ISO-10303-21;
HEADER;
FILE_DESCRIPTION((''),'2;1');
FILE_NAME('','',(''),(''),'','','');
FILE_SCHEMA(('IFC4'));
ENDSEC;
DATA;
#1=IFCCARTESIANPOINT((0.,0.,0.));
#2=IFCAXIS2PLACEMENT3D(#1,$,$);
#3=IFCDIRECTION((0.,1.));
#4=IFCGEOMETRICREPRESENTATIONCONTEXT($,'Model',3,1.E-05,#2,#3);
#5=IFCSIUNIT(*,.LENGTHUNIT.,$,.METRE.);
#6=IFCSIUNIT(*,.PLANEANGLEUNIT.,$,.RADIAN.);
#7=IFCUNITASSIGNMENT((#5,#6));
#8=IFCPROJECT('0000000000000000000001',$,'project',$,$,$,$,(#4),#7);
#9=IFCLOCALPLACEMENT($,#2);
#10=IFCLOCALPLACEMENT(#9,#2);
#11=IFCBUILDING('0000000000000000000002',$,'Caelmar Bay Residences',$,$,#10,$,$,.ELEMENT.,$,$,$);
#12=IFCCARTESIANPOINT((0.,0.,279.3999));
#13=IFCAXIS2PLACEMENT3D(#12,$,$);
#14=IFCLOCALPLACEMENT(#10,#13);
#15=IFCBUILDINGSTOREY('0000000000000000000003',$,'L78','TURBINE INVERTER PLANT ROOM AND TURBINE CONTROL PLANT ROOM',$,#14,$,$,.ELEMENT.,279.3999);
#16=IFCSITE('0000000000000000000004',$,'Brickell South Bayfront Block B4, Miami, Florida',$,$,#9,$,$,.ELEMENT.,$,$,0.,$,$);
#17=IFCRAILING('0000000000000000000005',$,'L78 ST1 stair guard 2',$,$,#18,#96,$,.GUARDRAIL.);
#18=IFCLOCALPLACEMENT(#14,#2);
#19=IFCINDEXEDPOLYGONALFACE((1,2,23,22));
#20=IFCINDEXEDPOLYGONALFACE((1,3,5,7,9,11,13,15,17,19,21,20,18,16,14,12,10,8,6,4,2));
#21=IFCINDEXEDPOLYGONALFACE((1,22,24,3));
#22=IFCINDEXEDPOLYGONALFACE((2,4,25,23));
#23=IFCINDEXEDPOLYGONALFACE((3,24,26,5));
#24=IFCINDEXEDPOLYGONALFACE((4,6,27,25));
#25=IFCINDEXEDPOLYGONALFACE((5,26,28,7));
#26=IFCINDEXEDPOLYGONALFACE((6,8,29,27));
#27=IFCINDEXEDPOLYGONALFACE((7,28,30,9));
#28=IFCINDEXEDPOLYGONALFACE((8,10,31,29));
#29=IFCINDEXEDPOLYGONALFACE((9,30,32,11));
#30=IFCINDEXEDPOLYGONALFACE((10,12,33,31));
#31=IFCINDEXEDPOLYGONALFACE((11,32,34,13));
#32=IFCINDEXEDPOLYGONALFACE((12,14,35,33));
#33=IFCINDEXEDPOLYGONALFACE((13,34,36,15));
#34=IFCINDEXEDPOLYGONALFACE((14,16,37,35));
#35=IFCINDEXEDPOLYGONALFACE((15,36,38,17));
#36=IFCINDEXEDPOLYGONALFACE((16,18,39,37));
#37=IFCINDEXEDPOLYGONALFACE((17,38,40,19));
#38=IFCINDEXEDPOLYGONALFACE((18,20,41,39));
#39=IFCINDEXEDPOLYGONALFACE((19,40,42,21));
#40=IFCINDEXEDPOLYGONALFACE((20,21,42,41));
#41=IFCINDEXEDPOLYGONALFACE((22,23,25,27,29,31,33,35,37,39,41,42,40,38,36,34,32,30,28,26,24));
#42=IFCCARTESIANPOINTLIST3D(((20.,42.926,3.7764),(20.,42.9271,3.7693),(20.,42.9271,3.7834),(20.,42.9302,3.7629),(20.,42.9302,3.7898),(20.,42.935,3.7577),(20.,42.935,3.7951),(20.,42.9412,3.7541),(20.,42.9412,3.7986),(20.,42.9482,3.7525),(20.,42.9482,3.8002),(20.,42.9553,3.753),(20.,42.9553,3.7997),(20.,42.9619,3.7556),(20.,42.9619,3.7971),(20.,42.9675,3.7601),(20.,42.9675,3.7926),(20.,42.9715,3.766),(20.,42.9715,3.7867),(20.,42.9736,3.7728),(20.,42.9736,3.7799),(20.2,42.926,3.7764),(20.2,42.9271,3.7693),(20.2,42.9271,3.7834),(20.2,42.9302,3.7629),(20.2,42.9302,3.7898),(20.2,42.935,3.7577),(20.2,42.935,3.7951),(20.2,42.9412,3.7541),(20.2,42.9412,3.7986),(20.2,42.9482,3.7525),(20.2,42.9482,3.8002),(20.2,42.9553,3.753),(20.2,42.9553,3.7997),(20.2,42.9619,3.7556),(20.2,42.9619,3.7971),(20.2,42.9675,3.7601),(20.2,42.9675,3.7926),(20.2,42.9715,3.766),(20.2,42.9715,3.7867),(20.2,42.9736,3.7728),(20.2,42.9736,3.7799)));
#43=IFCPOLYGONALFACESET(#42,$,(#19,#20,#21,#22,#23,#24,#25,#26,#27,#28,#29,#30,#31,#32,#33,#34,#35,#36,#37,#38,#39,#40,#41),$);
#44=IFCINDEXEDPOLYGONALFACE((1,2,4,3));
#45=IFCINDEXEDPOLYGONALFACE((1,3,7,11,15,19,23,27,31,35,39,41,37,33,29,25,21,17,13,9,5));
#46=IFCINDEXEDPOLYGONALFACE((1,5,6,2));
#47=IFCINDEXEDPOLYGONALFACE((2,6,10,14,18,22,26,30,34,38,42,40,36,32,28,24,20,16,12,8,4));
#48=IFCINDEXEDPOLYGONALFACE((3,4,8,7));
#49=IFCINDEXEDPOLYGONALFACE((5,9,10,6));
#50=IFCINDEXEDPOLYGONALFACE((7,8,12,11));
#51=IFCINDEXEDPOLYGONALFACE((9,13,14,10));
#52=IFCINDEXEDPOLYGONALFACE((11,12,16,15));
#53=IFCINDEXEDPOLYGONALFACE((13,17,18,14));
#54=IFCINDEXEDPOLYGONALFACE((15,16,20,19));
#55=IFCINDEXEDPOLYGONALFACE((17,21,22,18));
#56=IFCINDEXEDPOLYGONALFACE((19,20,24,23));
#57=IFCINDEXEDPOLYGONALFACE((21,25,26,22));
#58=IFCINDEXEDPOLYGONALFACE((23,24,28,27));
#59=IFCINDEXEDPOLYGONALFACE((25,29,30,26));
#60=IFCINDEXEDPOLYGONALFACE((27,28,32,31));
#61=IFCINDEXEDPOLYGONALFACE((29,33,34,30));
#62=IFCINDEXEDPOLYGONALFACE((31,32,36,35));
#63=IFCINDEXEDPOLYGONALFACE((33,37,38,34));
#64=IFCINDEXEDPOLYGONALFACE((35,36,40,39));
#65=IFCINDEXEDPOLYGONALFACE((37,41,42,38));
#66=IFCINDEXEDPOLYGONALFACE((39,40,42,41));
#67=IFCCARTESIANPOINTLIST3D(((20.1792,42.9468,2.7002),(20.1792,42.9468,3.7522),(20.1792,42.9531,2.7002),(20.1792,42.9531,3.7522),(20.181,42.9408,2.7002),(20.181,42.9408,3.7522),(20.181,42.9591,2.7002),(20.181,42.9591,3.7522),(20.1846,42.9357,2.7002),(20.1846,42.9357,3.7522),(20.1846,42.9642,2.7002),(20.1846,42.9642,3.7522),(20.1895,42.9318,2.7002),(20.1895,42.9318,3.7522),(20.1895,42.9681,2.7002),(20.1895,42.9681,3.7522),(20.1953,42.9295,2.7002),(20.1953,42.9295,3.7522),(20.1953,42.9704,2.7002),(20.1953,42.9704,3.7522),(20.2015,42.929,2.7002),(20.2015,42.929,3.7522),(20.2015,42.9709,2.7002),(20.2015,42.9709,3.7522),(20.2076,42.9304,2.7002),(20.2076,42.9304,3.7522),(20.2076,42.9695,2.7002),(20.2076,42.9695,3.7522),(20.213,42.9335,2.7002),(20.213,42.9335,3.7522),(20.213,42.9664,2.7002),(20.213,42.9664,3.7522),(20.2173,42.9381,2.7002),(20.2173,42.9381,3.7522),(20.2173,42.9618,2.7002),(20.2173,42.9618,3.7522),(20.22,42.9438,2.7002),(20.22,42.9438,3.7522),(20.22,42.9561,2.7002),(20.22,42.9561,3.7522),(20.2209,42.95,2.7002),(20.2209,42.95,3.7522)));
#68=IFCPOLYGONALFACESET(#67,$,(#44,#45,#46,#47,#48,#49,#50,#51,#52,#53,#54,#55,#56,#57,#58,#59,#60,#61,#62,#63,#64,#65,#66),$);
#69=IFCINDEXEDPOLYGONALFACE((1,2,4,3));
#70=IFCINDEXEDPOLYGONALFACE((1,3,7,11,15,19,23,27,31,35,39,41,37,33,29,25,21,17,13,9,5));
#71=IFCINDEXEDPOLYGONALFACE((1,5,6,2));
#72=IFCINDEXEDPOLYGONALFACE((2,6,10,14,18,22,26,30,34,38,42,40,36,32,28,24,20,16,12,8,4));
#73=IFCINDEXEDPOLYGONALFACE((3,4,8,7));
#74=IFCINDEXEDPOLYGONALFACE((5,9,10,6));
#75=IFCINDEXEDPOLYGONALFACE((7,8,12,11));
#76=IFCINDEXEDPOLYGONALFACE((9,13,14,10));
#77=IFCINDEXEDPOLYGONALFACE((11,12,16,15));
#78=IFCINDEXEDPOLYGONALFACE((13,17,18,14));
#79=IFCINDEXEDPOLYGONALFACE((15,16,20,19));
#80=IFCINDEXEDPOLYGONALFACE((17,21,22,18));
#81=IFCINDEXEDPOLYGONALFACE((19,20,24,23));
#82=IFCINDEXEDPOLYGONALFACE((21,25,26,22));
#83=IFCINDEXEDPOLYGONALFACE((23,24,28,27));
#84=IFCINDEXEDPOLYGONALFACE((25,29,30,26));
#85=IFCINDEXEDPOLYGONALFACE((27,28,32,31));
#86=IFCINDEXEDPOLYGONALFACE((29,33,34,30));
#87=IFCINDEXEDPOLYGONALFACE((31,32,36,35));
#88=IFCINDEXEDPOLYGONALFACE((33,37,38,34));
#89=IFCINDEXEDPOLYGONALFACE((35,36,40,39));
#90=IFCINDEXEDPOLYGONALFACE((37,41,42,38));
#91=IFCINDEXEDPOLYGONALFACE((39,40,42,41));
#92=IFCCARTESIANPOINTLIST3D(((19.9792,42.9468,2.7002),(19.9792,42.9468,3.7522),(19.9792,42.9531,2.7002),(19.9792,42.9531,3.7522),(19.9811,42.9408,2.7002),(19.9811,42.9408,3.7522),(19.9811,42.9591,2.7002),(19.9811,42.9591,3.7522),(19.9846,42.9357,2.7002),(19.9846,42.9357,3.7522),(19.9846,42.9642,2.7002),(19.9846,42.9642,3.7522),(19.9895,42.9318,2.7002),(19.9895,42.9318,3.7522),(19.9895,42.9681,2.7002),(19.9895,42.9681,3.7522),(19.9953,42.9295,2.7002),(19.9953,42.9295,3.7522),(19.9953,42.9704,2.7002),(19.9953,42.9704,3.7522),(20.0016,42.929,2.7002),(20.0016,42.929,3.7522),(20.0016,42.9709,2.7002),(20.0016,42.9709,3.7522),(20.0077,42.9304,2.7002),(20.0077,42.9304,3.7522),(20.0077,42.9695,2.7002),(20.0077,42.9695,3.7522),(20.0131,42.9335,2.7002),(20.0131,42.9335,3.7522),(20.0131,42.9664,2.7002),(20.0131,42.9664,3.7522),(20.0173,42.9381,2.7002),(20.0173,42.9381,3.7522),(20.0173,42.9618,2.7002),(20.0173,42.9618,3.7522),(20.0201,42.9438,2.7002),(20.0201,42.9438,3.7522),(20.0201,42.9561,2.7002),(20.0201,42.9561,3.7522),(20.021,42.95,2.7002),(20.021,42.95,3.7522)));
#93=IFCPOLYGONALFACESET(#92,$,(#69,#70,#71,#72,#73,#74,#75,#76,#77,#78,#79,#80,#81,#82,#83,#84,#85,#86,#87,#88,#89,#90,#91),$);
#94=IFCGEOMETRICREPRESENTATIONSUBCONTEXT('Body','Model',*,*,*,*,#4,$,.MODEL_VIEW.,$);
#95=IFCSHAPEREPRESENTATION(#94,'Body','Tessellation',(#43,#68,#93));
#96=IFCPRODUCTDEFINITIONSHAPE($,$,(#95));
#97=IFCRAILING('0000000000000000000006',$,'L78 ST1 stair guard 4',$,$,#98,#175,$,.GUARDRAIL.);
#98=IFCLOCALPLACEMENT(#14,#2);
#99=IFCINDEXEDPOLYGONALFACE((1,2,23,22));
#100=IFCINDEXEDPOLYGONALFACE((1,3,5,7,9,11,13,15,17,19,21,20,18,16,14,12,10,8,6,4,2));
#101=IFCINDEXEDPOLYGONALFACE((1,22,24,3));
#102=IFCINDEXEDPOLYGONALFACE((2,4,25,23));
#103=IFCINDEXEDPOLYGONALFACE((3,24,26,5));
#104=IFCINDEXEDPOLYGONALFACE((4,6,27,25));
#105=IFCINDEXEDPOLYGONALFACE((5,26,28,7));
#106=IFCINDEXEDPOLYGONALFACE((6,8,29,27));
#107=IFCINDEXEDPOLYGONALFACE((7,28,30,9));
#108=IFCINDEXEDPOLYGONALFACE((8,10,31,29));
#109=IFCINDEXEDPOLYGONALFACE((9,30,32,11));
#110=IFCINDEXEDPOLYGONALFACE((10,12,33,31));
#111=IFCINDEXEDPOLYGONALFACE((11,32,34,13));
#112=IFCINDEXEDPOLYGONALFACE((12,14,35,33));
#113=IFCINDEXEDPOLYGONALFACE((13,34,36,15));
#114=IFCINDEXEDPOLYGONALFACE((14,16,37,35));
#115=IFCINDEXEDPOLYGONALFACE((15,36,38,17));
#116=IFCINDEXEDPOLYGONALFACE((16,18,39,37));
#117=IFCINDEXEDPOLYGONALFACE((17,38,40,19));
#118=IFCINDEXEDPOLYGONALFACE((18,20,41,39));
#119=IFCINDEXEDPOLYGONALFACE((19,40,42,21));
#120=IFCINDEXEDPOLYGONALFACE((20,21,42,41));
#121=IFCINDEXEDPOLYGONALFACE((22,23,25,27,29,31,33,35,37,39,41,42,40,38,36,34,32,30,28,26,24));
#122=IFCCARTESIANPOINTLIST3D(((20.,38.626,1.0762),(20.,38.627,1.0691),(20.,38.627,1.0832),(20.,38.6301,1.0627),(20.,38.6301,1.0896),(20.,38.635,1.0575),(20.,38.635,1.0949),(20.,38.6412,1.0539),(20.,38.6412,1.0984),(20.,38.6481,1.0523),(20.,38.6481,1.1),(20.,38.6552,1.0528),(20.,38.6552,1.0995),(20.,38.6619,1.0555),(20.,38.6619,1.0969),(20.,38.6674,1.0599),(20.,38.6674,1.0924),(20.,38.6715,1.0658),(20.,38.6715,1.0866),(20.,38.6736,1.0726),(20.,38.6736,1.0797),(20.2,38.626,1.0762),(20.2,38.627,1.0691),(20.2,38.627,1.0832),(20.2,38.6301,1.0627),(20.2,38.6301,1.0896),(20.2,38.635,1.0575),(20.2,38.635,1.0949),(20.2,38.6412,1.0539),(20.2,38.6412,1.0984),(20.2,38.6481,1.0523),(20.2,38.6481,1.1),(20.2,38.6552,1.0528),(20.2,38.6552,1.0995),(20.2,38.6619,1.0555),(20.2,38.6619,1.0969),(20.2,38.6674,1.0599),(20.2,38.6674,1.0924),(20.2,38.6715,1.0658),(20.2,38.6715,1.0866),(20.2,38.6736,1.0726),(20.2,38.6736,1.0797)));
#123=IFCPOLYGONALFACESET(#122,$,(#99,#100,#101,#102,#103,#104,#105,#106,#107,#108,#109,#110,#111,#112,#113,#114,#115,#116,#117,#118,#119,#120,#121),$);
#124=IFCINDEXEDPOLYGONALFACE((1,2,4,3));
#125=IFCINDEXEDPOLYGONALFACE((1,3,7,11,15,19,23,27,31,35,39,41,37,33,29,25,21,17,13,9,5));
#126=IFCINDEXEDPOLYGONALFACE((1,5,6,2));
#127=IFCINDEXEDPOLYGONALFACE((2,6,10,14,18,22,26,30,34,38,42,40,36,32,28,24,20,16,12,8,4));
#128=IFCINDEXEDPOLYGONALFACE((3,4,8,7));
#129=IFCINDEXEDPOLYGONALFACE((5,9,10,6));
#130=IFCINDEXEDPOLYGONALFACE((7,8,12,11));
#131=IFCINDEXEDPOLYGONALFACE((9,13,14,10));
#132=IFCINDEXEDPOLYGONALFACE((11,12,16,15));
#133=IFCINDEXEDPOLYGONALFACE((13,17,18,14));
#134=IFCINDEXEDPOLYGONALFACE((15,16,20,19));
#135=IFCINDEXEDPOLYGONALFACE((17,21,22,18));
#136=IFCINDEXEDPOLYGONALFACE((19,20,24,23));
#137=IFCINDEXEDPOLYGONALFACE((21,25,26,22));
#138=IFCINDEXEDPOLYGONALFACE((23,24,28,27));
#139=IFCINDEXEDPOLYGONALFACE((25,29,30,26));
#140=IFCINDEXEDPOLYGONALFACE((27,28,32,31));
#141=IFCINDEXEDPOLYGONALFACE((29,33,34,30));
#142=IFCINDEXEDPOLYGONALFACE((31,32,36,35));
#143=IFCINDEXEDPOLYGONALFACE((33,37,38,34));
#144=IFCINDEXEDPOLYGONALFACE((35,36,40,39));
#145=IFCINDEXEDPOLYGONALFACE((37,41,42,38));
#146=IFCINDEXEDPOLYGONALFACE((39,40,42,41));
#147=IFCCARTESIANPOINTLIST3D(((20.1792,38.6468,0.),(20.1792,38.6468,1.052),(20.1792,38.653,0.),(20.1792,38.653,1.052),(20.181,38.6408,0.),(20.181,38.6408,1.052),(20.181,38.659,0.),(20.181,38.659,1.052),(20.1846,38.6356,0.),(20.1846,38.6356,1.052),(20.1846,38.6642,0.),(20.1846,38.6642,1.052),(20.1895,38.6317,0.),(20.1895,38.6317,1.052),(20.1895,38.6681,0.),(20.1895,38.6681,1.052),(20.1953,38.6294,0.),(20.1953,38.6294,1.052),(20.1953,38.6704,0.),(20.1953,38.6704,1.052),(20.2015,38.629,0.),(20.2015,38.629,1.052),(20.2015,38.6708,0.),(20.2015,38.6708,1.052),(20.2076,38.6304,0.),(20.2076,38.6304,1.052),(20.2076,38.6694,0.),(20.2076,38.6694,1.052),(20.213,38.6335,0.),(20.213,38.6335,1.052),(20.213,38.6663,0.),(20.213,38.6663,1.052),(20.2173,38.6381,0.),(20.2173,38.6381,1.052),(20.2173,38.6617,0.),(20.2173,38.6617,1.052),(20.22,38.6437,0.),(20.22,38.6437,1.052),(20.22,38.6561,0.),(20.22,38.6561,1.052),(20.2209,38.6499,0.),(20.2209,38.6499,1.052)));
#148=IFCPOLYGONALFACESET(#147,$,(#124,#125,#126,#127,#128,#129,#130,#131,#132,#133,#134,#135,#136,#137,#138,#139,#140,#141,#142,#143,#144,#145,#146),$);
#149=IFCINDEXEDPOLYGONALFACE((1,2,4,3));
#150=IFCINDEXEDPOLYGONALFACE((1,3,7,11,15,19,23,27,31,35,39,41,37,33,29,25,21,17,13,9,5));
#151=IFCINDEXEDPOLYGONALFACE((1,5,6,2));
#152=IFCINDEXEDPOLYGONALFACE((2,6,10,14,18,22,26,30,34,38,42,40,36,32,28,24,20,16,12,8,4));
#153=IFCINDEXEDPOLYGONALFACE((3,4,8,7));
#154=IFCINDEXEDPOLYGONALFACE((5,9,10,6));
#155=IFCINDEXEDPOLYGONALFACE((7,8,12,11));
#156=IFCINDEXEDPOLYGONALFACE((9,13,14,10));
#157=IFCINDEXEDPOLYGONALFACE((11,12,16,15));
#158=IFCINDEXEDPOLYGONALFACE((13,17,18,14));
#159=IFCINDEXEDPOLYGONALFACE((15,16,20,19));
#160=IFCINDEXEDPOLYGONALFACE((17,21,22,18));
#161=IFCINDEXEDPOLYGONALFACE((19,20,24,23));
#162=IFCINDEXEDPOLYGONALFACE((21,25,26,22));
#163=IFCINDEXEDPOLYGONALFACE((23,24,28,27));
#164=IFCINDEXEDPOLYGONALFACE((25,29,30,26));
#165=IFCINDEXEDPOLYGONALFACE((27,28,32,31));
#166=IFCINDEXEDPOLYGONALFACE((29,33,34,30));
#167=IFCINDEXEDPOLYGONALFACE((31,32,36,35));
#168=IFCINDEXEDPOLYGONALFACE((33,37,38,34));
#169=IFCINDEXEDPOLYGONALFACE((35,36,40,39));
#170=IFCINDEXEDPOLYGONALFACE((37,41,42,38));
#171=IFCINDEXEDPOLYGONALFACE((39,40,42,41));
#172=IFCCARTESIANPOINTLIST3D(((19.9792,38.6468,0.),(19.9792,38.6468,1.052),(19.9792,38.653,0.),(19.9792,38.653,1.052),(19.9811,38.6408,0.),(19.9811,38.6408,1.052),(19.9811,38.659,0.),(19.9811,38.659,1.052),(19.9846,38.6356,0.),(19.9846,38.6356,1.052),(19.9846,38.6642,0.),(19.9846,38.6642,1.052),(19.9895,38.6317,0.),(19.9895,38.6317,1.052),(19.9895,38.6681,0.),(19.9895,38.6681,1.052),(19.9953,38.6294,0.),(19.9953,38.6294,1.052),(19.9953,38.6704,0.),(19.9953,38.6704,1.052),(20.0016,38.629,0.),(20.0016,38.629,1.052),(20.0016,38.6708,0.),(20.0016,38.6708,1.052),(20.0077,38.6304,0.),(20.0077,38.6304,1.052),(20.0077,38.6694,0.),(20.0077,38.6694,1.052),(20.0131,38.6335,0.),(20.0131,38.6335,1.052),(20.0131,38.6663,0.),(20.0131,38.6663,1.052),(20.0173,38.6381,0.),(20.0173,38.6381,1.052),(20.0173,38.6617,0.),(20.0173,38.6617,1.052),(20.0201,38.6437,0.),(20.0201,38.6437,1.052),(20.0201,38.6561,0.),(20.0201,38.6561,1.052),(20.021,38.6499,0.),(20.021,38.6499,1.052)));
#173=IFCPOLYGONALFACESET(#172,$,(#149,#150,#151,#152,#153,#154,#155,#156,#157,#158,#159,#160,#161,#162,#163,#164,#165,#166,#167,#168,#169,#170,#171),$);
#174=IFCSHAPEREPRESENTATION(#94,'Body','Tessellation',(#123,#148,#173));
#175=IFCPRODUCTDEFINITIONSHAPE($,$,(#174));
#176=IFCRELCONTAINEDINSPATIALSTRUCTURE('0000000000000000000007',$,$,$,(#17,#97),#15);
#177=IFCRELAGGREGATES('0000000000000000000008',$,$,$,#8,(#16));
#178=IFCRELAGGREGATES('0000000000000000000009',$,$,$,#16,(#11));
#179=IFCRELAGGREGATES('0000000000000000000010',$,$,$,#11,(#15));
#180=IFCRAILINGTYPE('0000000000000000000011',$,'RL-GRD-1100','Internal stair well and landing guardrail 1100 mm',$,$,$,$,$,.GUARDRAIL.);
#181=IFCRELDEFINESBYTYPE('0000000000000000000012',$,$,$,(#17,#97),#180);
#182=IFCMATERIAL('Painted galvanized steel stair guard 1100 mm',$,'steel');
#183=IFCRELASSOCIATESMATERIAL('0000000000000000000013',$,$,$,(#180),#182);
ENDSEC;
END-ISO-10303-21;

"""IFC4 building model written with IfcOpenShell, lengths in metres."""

from ifc_helpers import new_model, si_unit, direction, frame, origin, origin_2d, place, context, subcontext, project, spatial, circle, extrude, material, type_object, element, save


model = new_model("IFC4")

# Units and contexts
model_context = context("Model", 3, precision=1e-05, world=origin(), true_north=direction((0.0, 1.0)))
body_context = subcontext(model_context, "Body", "Model", "MODEL_VIEW")
ifc_project = project(units=[si_unit("LENGTHUNIT", "METRE"), si_unit("PLANEANGLEUNIT", "RADIAN")], contexts=[model_context])

# Site, building, storey
site_placement = place(None, origin())
site = spatial("IfcSite", under=ifc_project, at=site_placement, Name="Brickell South Bayfront Block B4, Miami, Florida", CompositionType="ELEMENT", RefElevation=0.0)
building_placement = place(site_placement, origin())
building = spatial("IfcBuilding", under=site, at=building_placement, Name="Caelmar Bay Residences", CompositionType="ELEMENT")
storey_placement = place(building_placement, frame((0.0, 0.0, 279.3999)))
storey = spatial("IfcBuildingStorey", under=building, at=storey_placement, Name="L78", Description="TURBINE INVERTER PLANT ROOM AND TURBINE CONTROL PLANT ROOM", CompositionType="ELEMENT", Elevation=279.3999)

# Railings
ifc_material_1 = material(Name="Painted galvanized steel stair guard 1100 mm", Category="steel")
railing_type_1 = type_object("IfcRailingType", Name="RL-GRD-1100", Description="Internal stair well and landing guardrail 1100 mm", PredefinedType="GUARDRAIL", material=ifc_material_1)
for number, where, name in (
    (1, (20.2, 42.95, 2.7002), "L78 ST1 stair guard 2"),
    (2, (20.2, 38.6499, 0.0), "L78 ST1 stair guard 4"),
):
    element("IfcRailing", number, at=place(storey_placement, frame(where)), inside=storey, type_object=railing_type_1, Name=name, PredefinedType="GUARDRAIL", context=body_context, shape_type="SweptSolid", body=[
        extrude(circle(Radius=0.0239, at=origin_2d()), frame((0.0, 0.0, 1.0762), z_axis=(-1.0, 0.0, 0.0), x_axis=(0.0, -1.0, 0.0)), (0.0, 0.0, 1.0), 0.2),
        extrude(circle(Radius=0.021, at=origin_2d()), origin(), (0.0, 0.0, 1.0), 1.052),
        extrude(circle(Radius=0.021, at=origin_2d()), frame((-0.2, 0.0, 0.0)), (0.0, 0.0, 1.0), 1.052),
    ])

save(model, "model.ifc")
